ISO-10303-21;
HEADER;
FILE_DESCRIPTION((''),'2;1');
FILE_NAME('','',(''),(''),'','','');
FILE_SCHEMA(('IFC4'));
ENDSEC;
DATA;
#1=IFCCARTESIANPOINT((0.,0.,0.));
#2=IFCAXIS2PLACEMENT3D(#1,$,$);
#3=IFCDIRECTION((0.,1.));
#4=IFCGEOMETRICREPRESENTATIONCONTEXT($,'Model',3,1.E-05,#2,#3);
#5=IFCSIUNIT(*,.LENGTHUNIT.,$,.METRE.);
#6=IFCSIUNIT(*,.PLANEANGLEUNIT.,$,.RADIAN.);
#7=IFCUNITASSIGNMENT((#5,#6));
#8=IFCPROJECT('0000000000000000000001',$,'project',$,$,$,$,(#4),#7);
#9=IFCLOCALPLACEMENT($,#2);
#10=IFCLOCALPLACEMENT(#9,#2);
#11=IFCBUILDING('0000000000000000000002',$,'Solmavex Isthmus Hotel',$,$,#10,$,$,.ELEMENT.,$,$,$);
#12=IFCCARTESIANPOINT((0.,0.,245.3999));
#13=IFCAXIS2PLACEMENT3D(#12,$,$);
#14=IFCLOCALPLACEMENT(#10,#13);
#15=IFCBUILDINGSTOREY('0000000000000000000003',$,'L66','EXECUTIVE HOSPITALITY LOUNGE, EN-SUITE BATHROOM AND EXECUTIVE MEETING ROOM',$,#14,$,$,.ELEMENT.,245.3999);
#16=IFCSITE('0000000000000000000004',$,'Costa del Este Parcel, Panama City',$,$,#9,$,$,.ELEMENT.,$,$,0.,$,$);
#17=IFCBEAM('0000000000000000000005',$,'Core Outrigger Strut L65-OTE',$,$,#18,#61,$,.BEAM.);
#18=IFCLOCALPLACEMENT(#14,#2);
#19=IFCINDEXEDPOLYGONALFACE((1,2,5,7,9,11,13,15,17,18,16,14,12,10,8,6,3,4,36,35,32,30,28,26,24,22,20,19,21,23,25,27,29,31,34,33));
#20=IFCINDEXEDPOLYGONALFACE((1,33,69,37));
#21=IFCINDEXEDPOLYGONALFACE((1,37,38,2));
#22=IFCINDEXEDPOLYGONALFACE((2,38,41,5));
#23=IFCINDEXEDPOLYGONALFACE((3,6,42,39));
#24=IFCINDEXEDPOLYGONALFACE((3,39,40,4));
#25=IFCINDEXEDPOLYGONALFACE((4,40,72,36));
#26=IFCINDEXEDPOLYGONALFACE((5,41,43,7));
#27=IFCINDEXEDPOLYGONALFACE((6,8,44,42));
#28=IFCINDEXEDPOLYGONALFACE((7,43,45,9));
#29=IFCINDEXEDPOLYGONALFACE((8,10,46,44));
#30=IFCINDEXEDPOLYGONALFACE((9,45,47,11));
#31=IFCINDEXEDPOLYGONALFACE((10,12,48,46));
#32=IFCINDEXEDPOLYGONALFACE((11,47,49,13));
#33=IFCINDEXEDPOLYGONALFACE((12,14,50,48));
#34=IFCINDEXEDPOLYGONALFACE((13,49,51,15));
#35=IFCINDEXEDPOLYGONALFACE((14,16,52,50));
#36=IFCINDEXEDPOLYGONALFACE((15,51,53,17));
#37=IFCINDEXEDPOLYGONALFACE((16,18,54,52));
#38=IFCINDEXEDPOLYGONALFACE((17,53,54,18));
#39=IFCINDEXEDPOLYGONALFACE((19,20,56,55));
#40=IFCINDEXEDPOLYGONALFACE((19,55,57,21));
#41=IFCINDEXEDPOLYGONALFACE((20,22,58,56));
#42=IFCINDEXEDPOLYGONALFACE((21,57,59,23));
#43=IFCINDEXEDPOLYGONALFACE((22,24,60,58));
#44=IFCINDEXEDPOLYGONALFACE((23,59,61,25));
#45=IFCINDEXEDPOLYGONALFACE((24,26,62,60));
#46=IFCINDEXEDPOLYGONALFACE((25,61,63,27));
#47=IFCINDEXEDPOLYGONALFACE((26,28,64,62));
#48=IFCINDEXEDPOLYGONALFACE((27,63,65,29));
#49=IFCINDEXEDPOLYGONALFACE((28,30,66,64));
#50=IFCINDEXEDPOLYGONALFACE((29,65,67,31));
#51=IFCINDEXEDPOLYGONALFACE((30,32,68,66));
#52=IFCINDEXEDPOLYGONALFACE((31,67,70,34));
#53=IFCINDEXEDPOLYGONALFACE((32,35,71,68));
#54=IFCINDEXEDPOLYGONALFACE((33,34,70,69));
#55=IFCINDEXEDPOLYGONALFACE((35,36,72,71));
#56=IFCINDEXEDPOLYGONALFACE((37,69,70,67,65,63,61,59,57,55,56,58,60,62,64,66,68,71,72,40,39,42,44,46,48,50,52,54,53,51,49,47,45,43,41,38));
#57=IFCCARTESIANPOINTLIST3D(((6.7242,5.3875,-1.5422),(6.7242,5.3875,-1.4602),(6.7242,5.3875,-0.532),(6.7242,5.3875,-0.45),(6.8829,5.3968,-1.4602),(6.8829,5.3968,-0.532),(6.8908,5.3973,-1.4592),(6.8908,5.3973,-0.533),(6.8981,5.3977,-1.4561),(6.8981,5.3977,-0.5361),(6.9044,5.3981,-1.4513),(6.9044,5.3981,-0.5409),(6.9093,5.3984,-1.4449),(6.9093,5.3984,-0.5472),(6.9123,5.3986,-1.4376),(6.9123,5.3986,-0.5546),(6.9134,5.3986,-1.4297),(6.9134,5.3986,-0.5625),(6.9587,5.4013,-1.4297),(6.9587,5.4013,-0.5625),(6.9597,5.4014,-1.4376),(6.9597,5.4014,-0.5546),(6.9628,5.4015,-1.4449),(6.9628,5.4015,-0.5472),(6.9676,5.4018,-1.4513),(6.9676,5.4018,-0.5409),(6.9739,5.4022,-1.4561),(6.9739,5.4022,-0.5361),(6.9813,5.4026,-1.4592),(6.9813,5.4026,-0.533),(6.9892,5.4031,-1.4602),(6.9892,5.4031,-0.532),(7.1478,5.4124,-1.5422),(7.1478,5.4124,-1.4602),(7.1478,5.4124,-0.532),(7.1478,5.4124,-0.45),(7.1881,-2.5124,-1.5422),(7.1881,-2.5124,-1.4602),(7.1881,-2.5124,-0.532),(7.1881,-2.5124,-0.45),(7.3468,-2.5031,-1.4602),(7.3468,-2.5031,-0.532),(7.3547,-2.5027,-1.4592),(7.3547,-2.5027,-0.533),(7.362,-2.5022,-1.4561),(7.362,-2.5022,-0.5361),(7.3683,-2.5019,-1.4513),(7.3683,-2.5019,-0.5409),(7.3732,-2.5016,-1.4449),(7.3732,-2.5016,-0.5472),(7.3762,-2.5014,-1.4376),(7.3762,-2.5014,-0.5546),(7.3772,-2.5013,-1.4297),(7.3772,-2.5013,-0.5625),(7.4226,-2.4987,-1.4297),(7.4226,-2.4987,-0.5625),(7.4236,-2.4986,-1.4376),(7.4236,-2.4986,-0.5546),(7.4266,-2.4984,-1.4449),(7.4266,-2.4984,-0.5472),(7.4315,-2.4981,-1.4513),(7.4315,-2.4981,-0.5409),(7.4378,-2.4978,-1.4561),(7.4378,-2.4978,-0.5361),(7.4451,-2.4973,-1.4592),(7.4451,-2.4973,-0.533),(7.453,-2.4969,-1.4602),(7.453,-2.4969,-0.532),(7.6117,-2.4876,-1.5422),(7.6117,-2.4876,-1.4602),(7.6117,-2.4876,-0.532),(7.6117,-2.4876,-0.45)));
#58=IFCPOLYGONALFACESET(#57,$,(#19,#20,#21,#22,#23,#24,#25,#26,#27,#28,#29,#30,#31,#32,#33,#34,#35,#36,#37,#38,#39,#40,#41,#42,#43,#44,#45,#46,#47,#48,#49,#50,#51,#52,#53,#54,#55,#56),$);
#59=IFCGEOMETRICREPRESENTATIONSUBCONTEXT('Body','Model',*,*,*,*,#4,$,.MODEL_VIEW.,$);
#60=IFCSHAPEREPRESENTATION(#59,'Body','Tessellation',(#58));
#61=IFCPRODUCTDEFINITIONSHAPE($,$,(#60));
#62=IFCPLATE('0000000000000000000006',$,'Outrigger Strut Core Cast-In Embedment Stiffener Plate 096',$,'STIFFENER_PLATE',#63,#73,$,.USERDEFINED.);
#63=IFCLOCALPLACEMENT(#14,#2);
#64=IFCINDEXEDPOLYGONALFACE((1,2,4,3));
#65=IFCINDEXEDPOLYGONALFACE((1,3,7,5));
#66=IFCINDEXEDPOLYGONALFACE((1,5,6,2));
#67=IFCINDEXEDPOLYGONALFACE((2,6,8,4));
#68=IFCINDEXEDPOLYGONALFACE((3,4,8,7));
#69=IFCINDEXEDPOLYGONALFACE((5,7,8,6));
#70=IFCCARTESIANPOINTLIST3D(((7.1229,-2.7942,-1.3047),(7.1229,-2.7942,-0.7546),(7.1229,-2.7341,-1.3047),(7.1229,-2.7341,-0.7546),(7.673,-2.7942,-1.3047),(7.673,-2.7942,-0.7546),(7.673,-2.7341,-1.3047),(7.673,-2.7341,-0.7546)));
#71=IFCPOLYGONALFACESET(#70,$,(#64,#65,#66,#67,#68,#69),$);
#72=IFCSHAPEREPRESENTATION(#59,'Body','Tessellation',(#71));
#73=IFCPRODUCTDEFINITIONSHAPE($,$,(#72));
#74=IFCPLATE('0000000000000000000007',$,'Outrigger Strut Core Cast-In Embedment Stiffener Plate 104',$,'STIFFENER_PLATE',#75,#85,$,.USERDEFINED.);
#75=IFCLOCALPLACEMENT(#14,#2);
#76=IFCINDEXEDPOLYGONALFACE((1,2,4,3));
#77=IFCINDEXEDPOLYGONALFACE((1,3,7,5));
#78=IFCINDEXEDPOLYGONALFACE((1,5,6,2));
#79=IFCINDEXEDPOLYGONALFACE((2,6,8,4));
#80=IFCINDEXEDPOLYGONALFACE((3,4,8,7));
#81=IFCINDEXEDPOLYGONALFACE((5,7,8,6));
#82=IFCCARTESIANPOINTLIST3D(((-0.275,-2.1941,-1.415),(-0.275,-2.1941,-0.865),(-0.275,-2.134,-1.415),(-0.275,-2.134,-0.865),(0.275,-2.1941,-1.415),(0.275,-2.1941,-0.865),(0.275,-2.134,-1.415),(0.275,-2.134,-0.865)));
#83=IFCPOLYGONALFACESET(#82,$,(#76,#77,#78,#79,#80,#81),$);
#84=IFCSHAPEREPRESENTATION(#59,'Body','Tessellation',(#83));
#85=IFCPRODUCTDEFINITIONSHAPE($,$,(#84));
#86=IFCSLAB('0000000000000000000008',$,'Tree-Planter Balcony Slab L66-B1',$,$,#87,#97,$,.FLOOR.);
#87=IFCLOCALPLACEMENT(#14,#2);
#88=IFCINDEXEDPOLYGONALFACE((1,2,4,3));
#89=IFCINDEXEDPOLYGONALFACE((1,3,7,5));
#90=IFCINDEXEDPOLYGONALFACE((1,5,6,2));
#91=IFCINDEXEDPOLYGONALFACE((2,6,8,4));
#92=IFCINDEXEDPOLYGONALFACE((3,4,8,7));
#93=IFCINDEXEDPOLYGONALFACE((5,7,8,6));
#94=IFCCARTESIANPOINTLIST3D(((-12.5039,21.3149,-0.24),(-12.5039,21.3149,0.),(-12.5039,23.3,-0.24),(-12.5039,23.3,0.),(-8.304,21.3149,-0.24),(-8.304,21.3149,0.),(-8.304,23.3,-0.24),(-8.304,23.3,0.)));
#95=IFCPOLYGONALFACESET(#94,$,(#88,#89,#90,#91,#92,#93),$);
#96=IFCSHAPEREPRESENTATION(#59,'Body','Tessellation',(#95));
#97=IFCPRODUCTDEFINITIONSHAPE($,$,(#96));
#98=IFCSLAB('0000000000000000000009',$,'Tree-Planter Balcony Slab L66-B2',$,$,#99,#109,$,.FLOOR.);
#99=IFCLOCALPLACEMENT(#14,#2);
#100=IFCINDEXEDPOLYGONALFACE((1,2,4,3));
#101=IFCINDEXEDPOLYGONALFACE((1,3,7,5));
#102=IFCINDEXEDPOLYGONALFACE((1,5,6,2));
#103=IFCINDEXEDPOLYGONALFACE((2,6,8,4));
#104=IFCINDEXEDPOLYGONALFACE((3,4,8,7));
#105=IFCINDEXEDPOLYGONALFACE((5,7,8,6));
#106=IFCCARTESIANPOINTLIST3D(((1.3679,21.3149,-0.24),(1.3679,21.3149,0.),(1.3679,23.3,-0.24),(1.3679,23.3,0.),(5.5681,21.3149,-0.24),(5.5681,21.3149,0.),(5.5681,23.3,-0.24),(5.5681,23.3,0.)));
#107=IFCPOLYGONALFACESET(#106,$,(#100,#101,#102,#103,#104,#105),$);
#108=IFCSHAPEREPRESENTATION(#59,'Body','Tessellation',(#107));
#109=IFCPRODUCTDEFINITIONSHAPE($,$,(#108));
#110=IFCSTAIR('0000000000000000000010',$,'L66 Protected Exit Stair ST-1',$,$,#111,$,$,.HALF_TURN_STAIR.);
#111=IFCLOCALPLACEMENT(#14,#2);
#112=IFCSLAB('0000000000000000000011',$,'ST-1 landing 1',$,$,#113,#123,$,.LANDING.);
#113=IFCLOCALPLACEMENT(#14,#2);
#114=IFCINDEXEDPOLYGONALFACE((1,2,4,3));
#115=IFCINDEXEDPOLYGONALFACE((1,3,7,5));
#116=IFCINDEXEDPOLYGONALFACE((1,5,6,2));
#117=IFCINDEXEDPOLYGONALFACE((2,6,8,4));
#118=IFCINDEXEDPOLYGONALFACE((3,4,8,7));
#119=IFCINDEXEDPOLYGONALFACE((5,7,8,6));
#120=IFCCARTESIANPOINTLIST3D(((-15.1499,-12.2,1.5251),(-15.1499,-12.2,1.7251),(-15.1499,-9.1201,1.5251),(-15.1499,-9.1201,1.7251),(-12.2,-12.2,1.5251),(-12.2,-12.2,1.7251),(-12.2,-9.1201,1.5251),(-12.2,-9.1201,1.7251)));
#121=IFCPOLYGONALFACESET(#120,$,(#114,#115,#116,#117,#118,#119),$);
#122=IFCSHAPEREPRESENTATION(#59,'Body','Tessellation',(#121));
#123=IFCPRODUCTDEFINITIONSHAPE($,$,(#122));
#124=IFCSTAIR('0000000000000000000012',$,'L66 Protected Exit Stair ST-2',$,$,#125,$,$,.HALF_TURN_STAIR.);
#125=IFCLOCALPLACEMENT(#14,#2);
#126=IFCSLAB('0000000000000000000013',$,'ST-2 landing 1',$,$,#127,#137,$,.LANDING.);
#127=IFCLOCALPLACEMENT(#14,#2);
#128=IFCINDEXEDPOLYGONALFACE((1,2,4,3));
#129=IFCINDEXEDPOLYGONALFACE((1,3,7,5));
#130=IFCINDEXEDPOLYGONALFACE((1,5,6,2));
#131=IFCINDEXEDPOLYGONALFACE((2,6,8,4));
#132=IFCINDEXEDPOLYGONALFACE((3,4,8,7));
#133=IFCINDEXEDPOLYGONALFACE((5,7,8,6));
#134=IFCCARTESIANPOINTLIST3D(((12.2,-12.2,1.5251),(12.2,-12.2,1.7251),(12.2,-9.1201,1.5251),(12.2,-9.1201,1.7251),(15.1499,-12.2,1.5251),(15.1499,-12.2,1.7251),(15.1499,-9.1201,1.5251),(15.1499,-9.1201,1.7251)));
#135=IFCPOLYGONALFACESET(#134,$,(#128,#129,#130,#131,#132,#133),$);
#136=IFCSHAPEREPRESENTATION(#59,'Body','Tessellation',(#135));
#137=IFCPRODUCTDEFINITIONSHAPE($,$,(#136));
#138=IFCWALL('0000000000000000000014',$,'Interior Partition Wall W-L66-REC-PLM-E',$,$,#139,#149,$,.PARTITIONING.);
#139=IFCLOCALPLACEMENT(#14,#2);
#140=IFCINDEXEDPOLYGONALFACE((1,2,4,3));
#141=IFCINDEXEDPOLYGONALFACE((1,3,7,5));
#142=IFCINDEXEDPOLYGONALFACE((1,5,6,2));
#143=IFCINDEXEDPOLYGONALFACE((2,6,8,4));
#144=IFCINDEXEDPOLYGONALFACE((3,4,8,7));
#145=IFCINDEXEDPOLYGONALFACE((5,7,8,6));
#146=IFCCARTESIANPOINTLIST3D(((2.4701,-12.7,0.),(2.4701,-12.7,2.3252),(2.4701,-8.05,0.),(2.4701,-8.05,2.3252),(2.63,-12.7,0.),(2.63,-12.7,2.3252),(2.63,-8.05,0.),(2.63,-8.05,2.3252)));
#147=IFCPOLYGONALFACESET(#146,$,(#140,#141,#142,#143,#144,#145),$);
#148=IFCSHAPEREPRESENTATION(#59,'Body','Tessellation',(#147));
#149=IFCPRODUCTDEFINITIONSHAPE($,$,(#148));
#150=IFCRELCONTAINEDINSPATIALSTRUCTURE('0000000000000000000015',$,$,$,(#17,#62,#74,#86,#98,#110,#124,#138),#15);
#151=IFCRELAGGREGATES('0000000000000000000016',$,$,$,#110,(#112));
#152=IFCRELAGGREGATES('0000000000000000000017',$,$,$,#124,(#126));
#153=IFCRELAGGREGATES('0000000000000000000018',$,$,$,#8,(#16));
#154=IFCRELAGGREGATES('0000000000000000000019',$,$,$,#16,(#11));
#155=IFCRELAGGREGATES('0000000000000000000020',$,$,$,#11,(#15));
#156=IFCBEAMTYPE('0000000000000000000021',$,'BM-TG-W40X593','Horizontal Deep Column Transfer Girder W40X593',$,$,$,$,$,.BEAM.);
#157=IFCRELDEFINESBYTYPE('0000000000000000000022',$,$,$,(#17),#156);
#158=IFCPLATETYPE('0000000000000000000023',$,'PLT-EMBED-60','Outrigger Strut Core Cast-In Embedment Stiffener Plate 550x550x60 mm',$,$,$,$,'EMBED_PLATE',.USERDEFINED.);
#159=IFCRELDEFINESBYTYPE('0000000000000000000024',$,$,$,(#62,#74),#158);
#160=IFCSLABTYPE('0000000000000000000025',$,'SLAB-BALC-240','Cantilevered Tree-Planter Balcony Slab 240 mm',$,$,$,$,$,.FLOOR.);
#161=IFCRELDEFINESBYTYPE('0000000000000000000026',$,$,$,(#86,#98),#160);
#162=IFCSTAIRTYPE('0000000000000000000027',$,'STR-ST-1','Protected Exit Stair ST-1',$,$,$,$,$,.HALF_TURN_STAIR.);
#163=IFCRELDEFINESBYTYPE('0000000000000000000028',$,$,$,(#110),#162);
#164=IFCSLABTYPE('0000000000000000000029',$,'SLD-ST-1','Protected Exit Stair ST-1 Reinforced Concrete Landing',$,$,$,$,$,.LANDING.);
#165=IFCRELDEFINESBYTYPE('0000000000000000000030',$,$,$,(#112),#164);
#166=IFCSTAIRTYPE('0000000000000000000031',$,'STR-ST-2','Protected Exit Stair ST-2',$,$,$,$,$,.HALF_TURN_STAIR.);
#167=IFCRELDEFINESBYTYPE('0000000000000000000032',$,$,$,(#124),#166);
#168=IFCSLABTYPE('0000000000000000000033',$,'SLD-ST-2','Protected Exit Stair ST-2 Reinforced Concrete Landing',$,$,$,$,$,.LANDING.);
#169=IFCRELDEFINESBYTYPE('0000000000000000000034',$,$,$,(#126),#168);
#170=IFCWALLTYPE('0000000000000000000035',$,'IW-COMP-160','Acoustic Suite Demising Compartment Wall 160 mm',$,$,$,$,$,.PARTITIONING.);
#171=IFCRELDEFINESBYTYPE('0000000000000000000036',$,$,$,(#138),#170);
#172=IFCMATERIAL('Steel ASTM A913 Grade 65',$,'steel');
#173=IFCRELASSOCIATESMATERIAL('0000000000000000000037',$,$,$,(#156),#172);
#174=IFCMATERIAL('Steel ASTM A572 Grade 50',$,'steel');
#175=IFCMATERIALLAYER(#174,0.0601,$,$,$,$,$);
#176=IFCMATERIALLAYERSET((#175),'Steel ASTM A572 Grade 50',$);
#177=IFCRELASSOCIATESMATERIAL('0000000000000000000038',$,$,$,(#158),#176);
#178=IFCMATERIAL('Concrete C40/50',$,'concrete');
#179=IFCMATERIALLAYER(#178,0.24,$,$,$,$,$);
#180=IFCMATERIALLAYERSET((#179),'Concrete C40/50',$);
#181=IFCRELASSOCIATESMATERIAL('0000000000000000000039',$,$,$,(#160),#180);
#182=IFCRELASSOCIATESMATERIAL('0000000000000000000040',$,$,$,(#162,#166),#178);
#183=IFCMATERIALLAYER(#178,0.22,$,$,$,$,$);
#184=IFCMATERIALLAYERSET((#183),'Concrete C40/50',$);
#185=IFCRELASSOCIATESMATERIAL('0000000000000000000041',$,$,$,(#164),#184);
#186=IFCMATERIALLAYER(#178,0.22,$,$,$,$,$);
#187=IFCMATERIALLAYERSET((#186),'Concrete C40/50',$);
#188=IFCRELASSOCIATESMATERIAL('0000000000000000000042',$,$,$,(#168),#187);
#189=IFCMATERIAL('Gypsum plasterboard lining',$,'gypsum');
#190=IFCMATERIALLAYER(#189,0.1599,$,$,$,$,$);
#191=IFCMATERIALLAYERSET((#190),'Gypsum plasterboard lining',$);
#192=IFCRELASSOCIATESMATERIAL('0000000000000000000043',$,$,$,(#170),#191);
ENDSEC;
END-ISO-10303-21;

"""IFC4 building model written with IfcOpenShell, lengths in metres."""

from ifc_helpers import new_model, si_unit, direction, frame, frame_2d, origin, origin_2d, place, context, subcontext, project, spatial, polyline, rectangle, i_section, outline, extrude, material, layer, layer_set, material_profile, profile_set, type_object, element, aggregate, save


model = new_model("IFC4")

# Units and contexts
model_context = context("Model", 3, precision=1e-05, world=origin(), true_north=direction((0.0, 1.0)))
body_context = subcontext(model_context, "Body", "Model", "MODEL_VIEW")
ifc_project = project(units=[si_unit("LENGTHUNIT", "METRE"), si_unit("PLANEANGLEUNIT", "RADIAN")], contexts=[model_context])

# Site, building, storey
site_placement = place(None, origin())
site = spatial("IfcSite", under=ifc_project, at=site_placement, Name="Costa del Este Parcel, Panama City", CompositionType="ELEMENT", RefElevation=0.0)
building_placement = place(site_placement, origin())
building = spatial("IfcBuilding", under=site, at=building_placement, Name="Solmavex Isthmus Hotel", CompositionType="ELEMENT")
storey_placement = place(building_placement, frame((0.0, 0.0, 245.3999)))
storey = spatial("IfcBuildingStorey", under=building, at=storey_placement, Name="L66", Description="EXECUTIVE HOSPITALITY LOUNGE, EN-SUITE BATHROOM AND EXECUTIVE MEETING ROOM", CompositionType="ELEMENT", Elevation=245.3999)

# Beam
ifc_material_1 = material(Name="Steel ASTM A913 Grade 65", Category="steel")
ifc_material_profile_1 = material_profile(ifc_material_1, i_section(OverallWidth=0.4243, OverallDepth=1.0923, WebThickness=0.0454, FlangeThickness=0.082, FilletRadius=0.0305, at=origin_2d()), Name="W40X593")
ifc_profile_set_1 = profile_set([ifc_material_profile_1], Name="Steel ASTM A913 Grade 65")
beam_type_1 = type_object("IfcBeamType", Name="BM-TG-W40X593", Description="Horizontal Deep Column Transfer Girder W40X593", PredefinedType="BEAM", material=ifc_profile_set_1)
beam_1_placement = place(storey_placement, frame((7.3999, -2.5, -0.9961), z_axis=(-0.058617, 0.998281, 0.0), x_axis=(-0.998281, -0.058617, 0.0)))
element("IfcBeam", 1, at=beam_1_placement, inside=storey, type_object=beam_type_1, Name="Core Outrigger Strut L65-OTE", PredefinedType="BEAM", context=body_context, shape_type="SweptSolid", body=[
    extrude(i_section(OverallWidth=0.4243, OverallDepth=1.0923, WebThickness=0.0454, FlangeThickness=0.082, FilletRadius=0.0305, at=origin_2d()), origin(), (0.0, 0.0, 1.0), 7.9136),
])

# Plates
ifc_material_2 = material(Name="Steel ASTM A572 Grade 50", Category="steel")
ifc_layer_1 = layer(ifc_material_2, 0.0601)
ifc_layer_set_1 = layer_set([ifc_layer_1], Name="Steel ASTM A572 Grade 50")
plate_type = type_object("IfcPlateType", Name="PLT-EMBED-60", Description="Outrigger Strut Core Cast-In Embedment Stiffener Plate 550x550x60 mm", ElementType="EMBED_PLATE", PredefinedType="USERDEFINED", material=ifc_layer_set_1)
for number, where, z_axis, x_axis, name in (
    (2, (7.3979, -2.7642, -1.3047), (0.0, 0.0, 1.0), (1.0, 0.0, 0.0), "Outrigger Strut Core Cast-In Embedment Stiffener Plate 096"),
    (3, (0.0, -2.1641, -1.415), (0.0, 0.0, 1.0), (1.0, 0.0, 0.0), "Outrigger Strut Core Cast-In Embedment Stiffener Plate 104"),
):
    element("IfcPlate", number, at=place(storey_placement, frame(where, z_axis=z_axis, x_axis=x_axis)), inside=storey, type_object=plate_type, Name=name, ObjectType="STIFFENER_PLATE", PredefinedType="USERDEFINED", context=body_context, shape_type="SweptSolid", body=[
        extrude(rectangle(XDim=0.55, YDim=0.0601, at=origin_2d()), origin(), (0.0, 0.0, 1.0), 0.55),
    ])

# Slabs
ifc_material_3 = material(Name="Concrete C40/50", Category="concrete")
ifc_layer_2 = layer(ifc_material_3, 0.24)
ifc_layer_set_2 = layer_set([ifc_layer_2], Name="Concrete C40/50")
slab_type_1 = type_object("IfcSlabType", Name="SLAB-BALC-240", Description="Cantilevered Tree-Planter Balcony Slab 240 mm", PredefinedType="FLOOR", material=ifc_layer_set_2)
slab_1_placement = place(storey_placement, frame((0.0, 0.0, -0.24)))
element("IfcSlab", 4, at=slab_1_placement, inside=storey, type_object=slab_type_1, Name="Tree-Planter Balcony Slab L66-B1", PredefinedType="FLOOR", context=body_context, shape_type="SweptSolid", body=[
    extrude(outline(polyline([(-12.5039, 21.3149), (-8.304, 21.3149), (-8.304, 23.3), (-12.5039, 23.3), (-12.5039, 21.3149)])), origin(), (0.0, 0.0, 1.0), 0.24),
])
slab_2_placement = place(storey_placement, frame((0.0, 0.0, -0.24)))
element("IfcSlab", 5, at=slab_2_placement, inside=storey, type_object=slab_type_1, Name="Tree-Planter Balcony Slab L66-B2", PredefinedType="FLOOR", context=body_context, shape_type="SweptSolid", body=[
    extrude(outline(polyline([(1.3679, 21.3149), (5.5681, 21.3149), (5.5681, 23.3), (1.3679, 23.3), (1.3679, 21.3149)])), origin(), (0.0, 0.0, 1.0), 0.24),
])

# Stairs, slabs
stair_type_1 = type_object("IfcStairType", Name="STR-ST-1", Description="Protected Exit Stair ST-1", PredefinedType="HALF_TURN_STAIR", material=ifc_material_3)
stair_1_placement = place(storey_placement, origin())
stair_1 = element("IfcStair", 6, at=stair_1_placement, inside=storey, type_object=stair_type_1, Name="L66 Protected Exit Stair ST-1", PredefinedType="HALF_TURN_STAIR")
ifc_layer_3 = layer(ifc_material_3, 0.22)
ifc_layer_set_3 = layer_set([ifc_layer_3], Name="Concrete C40/50")
slab_type_2 = type_object("IfcSlabType", Name="SLD-ST-1", Description="Protected Exit Stair ST-1 Reinforced Concrete Landing", PredefinedType="LANDING", material=ifc_layer_set_3)
slab_3_placement = place(storey_placement, frame((0.0, 0.0, 1.5251)))
slab_3 = element("IfcSlab", 7, at=slab_3_placement, type_object=slab_type_2, Name="ST-1 landing 1", PredefinedType="LANDING", context=body_context, shape_type="SweptSolid", body=[
    extrude(outline(polyline([(-15.1499, -9.1201), (-15.1499, -12.2), (-12.2, -12.2), (-12.2, -9.1201), (-15.1499, -9.1201)])), origin(), (0.0, 0.0, 1.0), 0.2),
])
aggregate(stair_1, [slab_3])
stair_type_2 = type_object("IfcStairType", Name="STR-ST-2", Description="Protected Exit Stair ST-2", PredefinedType="HALF_TURN_STAIR", material=ifc_material_3)
stair_2_placement = place(storey_placement, origin())
stair_2 = element("IfcStair", 8, at=stair_2_placement, inside=storey, type_object=stair_type_2, Name="L66 Protected Exit Stair ST-2", PredefinedType="HALF_TURN_STAIR")
ifc_layer_4 = layer(ifc_material_3, 0.22)
ifc_layer_set_4 = layer_set([ifc_layer_4], Name="Concrete C40/50")
slab_type_3 = type_object("IfcSlabType", Name="SLD-ST-2", Description="Protected Exit Stair ST-2 Reinforced Concrete Landing", PredefinedType="LANDING", material=ifc_layer_set_4)
slab_4_placement = place(storey_placement, frame((0.0, 0.0, 1.5251)))
slab_4 = element("IfcSlab", 9, at=slab_4_placement, type_object=slab_type_3, Name="ST-2 landing 1", PredefinedType="LANDING", context=body_context, shape_type="SweptSolid", body=[
    extrude(outline(polyline([(12.2, -9.1201), (12.2, -12.2), (15.1499, -12.2), (15.1499, -9.1201), (12.2, -9.1201)])), origin(), (0.0, 0.0, 1.0), 0.2),
])
aggregate(stair_2, [slab_4])

# Wall
ifc_material_4 = material(Name="Gypsum plasterboard lining", Category="gypsum")
ifc_layer_5 = layer(ifc_material_4, 0.1599)
ifc_layer_set_5 = layer_set([ifc_layer_5], Name="Gypsum plasterboard lining")
wall_type_1 = type_object("IfcWallType", Name="IW-COMP-160", Description="Acoustic Suite Demising Compartment Wall 160 mm", PredefinedType="PARTITIONING", material=ifc_layer_set_5)
wall_1_placement = place(storey_placement, frame((2.55, -12.7, 0.0), z_axis=(0.0, 0.0, 1.0), x_axis=(0.0, 1.0, 0.0)))
element("IfcWall", 10, at=wall_1_placement, inside=storey, type_object=wall_type_1, Name="Interior Partition Wall W-L66-REC-PLM-E", PredefinedType="PARTITIONING", context=body_context, shape_type="SweptSolid", body=[
    extrude(rectangle(XDim=4.6499, YDim=0.1599, at=frame_2d((2.325, 0.0))), origin(), (0.0, 0.0, 1.0), 2.3252),
])

save(model, "model.ifc")
